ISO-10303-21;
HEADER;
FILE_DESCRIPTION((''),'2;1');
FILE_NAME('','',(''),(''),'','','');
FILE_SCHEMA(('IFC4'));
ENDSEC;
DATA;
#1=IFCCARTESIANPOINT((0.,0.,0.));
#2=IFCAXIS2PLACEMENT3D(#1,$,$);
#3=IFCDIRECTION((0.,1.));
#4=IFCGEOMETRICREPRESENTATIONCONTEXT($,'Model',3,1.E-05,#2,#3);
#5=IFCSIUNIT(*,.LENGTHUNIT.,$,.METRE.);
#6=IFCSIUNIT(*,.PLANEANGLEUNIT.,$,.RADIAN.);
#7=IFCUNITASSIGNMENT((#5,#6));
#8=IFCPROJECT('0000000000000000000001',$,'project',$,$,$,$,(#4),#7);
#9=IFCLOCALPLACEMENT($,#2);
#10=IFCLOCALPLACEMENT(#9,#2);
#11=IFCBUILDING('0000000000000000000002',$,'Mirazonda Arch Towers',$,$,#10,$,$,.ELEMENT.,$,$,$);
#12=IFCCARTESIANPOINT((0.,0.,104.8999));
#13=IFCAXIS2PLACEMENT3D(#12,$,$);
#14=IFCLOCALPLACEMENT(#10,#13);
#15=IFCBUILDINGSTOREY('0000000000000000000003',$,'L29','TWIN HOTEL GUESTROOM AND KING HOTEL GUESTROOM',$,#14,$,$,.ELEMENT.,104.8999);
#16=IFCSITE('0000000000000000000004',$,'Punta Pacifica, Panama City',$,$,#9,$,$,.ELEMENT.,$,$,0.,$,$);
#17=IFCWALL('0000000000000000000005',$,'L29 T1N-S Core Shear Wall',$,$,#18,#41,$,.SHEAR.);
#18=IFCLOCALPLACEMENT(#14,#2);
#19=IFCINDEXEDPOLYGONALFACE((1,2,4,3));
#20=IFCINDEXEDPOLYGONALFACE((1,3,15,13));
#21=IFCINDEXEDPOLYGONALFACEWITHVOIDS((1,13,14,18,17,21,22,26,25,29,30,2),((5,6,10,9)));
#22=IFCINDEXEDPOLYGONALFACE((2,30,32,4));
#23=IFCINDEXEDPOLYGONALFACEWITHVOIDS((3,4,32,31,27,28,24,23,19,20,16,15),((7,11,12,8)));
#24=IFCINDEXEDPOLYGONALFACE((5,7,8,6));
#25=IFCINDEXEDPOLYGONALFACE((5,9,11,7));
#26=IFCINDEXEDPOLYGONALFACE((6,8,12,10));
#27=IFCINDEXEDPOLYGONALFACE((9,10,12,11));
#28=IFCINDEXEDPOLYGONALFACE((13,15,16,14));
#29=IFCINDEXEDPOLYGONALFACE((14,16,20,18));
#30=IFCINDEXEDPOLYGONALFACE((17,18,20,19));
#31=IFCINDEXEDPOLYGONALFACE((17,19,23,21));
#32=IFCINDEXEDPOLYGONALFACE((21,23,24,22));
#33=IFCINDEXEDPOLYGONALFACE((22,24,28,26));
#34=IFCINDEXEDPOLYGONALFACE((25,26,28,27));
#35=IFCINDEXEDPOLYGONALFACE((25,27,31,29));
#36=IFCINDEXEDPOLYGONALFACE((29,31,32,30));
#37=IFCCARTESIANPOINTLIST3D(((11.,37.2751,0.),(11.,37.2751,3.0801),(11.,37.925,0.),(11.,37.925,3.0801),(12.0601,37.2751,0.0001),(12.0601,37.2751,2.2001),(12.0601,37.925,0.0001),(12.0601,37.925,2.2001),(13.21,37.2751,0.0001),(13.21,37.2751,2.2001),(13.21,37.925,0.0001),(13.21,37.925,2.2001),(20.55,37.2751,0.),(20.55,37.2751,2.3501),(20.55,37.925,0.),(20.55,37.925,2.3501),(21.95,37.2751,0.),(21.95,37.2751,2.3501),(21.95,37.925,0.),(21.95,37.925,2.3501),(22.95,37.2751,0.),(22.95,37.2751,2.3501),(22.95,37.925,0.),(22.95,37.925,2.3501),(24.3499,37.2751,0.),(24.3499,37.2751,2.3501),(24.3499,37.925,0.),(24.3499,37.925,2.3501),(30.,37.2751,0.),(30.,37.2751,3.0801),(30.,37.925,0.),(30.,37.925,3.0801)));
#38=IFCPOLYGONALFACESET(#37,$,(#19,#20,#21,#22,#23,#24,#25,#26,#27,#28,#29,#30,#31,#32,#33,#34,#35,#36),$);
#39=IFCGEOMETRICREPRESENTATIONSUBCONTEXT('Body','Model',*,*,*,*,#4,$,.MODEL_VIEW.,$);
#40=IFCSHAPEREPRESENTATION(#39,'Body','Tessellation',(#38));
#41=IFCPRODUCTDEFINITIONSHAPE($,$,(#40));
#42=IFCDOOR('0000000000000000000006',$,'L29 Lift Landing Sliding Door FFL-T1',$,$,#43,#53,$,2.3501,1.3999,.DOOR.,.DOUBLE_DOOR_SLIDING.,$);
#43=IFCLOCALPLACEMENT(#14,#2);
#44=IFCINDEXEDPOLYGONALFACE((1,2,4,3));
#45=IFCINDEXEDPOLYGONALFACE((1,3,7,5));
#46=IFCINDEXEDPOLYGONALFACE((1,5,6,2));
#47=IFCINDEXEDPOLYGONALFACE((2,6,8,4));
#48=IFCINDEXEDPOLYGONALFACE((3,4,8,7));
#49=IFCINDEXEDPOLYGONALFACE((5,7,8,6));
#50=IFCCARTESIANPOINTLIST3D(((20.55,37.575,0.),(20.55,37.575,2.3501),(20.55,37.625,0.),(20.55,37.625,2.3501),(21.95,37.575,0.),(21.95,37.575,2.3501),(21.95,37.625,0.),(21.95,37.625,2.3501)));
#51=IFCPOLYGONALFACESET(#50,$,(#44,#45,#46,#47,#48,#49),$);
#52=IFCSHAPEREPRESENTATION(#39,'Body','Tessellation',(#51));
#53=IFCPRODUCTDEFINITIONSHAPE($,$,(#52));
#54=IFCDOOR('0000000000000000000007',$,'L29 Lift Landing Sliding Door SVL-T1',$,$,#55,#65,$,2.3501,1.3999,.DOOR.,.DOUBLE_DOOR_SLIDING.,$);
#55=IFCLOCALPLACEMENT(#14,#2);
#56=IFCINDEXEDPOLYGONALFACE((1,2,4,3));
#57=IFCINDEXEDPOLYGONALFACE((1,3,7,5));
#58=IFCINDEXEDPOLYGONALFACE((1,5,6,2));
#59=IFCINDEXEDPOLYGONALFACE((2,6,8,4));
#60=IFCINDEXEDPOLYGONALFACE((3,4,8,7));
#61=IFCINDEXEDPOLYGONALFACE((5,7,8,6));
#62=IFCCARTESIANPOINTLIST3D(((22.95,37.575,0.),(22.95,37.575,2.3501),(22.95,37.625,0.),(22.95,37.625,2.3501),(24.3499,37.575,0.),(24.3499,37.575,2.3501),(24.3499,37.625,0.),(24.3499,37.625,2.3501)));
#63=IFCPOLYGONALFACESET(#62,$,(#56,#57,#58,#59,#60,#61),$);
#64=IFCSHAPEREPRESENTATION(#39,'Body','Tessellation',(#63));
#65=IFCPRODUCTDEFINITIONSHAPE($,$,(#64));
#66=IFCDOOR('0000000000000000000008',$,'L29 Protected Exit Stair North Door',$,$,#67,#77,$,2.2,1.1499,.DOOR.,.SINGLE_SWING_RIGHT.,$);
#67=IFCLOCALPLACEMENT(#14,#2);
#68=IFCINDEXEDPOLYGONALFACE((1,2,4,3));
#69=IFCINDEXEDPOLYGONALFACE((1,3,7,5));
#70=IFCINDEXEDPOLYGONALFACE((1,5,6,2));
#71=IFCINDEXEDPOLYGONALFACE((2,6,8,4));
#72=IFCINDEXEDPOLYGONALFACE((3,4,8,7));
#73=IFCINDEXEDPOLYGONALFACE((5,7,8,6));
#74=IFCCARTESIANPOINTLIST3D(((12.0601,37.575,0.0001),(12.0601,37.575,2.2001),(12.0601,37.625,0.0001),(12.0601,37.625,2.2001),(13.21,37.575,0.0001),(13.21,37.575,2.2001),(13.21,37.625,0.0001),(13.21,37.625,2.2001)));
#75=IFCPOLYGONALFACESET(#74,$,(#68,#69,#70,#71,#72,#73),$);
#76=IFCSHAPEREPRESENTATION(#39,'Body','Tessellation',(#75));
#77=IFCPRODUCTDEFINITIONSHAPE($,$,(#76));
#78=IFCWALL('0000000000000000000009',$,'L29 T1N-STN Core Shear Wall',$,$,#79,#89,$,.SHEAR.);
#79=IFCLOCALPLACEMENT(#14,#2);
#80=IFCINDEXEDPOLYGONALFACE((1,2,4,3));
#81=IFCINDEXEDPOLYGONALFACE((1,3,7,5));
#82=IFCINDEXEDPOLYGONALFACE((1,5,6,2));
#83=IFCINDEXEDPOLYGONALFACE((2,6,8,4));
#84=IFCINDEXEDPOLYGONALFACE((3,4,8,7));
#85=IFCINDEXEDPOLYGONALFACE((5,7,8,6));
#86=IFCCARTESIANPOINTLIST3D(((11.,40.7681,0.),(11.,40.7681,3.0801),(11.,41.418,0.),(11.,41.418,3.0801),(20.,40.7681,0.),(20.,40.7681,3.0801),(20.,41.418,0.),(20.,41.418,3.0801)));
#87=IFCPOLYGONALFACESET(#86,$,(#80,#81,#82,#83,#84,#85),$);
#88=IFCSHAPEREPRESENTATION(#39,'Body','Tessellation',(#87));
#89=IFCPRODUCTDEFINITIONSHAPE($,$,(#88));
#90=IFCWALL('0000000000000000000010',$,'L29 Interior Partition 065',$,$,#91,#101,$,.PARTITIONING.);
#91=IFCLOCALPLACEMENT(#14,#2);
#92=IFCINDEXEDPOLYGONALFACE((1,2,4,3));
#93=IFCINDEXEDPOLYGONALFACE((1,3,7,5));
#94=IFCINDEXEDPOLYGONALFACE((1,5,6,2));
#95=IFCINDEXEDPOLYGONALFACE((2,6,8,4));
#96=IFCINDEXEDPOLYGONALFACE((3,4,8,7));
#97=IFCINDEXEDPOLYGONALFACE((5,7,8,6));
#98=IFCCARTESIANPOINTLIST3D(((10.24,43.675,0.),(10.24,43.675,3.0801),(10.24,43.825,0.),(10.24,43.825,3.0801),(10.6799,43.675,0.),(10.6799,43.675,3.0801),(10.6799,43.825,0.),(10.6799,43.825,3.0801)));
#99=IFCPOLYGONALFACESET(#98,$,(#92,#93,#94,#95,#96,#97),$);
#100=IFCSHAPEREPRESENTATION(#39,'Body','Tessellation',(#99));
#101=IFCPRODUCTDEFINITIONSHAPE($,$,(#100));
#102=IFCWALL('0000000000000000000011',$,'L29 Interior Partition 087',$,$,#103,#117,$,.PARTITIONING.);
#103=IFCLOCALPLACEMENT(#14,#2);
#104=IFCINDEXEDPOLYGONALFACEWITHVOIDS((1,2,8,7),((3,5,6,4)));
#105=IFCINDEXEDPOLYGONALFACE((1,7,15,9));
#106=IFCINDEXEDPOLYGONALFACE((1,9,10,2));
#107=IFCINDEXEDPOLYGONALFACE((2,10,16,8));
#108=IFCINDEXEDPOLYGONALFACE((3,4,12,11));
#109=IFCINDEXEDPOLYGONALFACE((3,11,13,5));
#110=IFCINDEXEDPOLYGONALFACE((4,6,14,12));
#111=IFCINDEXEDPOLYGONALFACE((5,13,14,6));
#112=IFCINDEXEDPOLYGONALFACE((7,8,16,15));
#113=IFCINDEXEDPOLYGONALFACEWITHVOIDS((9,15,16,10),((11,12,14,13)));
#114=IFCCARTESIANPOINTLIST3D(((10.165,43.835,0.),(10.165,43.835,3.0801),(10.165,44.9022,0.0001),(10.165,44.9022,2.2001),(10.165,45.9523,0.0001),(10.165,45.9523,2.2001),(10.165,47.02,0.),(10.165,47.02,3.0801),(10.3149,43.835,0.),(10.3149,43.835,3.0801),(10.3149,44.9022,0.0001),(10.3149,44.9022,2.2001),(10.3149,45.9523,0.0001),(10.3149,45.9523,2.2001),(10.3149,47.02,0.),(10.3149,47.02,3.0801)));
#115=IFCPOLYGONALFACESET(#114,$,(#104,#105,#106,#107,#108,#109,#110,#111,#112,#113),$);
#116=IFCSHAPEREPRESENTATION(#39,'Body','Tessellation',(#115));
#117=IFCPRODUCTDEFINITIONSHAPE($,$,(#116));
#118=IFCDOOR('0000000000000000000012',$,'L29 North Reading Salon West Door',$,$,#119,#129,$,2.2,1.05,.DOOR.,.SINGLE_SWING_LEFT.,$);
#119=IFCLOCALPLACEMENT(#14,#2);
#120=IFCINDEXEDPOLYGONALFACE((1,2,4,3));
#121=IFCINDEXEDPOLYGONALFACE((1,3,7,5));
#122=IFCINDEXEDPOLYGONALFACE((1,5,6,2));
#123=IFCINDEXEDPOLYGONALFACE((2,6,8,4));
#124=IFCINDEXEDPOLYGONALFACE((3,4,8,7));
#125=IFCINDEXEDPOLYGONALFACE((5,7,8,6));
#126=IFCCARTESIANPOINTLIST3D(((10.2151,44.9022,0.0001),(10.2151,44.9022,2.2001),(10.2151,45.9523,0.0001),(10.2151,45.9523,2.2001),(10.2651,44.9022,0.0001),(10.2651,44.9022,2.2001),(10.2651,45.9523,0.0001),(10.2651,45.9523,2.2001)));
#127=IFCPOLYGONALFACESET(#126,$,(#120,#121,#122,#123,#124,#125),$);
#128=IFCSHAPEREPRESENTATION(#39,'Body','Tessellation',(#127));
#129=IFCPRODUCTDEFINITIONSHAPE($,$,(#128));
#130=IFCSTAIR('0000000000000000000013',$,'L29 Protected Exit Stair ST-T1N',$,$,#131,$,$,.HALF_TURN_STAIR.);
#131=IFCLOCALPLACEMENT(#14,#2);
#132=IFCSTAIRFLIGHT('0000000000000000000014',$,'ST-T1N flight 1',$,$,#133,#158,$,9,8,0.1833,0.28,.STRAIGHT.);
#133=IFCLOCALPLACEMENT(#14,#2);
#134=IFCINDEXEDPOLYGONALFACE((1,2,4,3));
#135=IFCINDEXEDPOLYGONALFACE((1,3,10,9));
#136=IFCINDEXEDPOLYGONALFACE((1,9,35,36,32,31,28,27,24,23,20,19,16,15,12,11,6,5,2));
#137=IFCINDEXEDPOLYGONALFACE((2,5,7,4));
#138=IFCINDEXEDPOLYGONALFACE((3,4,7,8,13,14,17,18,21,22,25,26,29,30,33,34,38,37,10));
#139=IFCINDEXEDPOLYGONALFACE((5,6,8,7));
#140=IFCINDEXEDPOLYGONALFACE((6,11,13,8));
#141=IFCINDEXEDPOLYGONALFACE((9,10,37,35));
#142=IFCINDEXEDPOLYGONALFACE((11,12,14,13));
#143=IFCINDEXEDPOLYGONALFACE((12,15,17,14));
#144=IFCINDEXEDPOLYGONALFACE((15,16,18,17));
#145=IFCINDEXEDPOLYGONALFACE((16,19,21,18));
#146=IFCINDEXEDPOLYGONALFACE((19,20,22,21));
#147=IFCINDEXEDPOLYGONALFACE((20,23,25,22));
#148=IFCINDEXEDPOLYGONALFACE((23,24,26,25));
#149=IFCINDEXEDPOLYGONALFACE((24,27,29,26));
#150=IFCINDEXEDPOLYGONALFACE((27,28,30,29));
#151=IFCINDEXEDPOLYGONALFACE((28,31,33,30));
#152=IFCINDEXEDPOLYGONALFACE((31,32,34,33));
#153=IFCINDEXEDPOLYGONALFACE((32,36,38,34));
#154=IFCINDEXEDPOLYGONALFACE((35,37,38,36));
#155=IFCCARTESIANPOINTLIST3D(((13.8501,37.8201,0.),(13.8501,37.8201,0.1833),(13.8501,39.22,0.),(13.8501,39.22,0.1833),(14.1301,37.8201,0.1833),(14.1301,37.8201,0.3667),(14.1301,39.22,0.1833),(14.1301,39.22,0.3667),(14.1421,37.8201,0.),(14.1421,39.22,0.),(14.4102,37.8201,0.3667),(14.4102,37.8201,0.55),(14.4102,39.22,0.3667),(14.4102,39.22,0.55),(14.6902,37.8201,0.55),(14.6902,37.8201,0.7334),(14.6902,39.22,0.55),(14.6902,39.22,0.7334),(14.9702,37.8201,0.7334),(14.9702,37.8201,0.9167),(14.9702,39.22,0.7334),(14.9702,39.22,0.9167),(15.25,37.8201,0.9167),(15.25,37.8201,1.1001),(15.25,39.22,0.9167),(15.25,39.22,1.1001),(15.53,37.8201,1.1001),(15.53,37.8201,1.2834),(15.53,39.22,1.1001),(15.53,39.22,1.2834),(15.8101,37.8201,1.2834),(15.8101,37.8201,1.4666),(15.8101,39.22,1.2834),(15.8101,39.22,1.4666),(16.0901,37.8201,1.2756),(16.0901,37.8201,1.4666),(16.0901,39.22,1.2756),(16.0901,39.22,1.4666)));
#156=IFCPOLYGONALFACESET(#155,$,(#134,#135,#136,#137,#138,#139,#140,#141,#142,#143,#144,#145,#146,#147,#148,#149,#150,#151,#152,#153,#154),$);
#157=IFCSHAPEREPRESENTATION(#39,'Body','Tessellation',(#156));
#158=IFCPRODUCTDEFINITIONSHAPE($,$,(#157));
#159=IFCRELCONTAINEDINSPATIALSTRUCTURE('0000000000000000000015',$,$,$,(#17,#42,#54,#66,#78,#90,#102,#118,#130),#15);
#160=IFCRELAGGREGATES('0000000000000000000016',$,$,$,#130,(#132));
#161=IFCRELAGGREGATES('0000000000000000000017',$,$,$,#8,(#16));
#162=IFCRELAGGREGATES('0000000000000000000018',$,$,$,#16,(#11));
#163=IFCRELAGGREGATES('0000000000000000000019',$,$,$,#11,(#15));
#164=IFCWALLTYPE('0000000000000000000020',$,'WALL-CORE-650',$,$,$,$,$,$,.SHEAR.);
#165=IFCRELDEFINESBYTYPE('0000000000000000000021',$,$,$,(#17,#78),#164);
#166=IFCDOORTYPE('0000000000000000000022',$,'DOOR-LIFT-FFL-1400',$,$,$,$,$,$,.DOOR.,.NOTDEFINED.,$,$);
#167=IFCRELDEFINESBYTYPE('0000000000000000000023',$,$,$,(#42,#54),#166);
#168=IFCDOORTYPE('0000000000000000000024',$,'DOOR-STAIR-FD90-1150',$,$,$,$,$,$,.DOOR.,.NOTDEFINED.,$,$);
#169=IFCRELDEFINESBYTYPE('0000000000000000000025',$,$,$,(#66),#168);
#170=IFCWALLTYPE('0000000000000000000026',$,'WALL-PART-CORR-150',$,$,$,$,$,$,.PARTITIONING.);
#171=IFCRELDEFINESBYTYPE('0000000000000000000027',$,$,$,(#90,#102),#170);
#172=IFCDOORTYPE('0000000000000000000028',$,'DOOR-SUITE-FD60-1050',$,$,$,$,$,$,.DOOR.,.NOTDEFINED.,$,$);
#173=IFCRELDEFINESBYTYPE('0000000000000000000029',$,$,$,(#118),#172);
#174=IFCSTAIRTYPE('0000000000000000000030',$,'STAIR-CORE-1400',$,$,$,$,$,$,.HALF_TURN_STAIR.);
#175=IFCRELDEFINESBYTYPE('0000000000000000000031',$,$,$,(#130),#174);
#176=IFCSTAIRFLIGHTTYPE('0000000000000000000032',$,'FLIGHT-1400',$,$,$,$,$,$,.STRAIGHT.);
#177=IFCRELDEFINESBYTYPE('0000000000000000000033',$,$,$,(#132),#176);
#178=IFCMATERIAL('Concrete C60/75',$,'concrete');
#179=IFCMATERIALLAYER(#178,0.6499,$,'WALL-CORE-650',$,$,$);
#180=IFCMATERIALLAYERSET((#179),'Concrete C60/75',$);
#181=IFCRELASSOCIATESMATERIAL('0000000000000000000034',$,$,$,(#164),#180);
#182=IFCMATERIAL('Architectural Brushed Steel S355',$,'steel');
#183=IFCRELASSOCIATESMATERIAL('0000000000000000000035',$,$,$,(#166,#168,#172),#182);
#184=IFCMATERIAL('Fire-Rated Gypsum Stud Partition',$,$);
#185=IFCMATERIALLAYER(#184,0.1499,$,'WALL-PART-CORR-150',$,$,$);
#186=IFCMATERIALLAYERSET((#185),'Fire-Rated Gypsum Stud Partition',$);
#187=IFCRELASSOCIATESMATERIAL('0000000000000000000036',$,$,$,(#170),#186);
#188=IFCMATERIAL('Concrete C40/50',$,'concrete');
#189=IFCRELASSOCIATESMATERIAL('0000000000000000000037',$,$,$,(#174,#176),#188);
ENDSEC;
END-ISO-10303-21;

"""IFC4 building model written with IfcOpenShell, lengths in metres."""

from ifc_helpers import new_model, si_unit, direction, frame, frame_2d, origin, place, context, subcontext, project, spatial, polyline, rectangle, outline, extrude, material, layer, layer_set, type_object, element, fill, aggregate, save


model = new_model("IFC4")

# Units and contexts
model_context = context("Model", 3, precision=1e-05, world=origin(), true_north=direction((0.0, 1.0)))
body_context = subcontext(model_context, "Body", "Model", "MODEL_VIEW")
ifc_project = project(units=[si_unit("LENGTHUNIT", "METRE"), si_unit("PLANEANGLEUNIT", "RADIAN")], contexts=[model_context])

# Site, building, storey
site_placement = place(None, origin())
site = spatial("IfcSite", under=ifc_project, at=site_placement, Name="Punta Pacifica, Panama City", CompositionType="ELEMENT", RefElevation=0.0)
building_placement = place(site_placement, origin())
building = spatial("IfcBuilding", under=site, at=building_placement, Name="Mirazonda Arch Towers", CompositionType="ELEMENT")
storey_placement = place(building_placement, frame((0.0, 0.0, 104.8999)))
storey = spatial("IfcBuildingStorey", under=building, at=storey_placement, Name="L29", Description="TWIN HOTEL GUESTROOM AND KING HOTEL GUESTROOM", CompositionType="ELEMENT", Elevation=104.8999)

# Shared definitions
ifc_material_1 = material(Name="Concrete C60/75", Category="concrete")
ifc_layer_1 = layer(ifc_material_1, 0.6499, Name="WALL-CORE-650")
ifc_layer_set_1 = layer_set([ifc_layer_1], Name="Concrete C60/75")
wall_type_1 = type_object("IfcWallType", Name="WALL-CORE-650", PredefinedType="SHEAR", material=ifc_layer_set_1)

# Wall, openings, doors
wall_1_placement = place(storey_placement, frame((11.0, 37.6001, 0.0), z_axis=(0.0, 0.0, 1.0), x_axis=(1.0, 0.0, 0.0)))
wall_1 = element("IfcWall", 1, at=wall_1_placement, inside=storey, type_object=wall_type_1, Name="L29 T1N-S Core Shear Wall", PredefinedType="SHEAR", context=body_context, shape_type="SweptSolid", body=[
    extrude(rectangle(XDim=19.0, YDim=0.6499, at=frame_2d((9.5, 0.0))), origin(), (0.0, 0.0, 1.0), 3.0801),
])
opening_1_placement = place(wall_1_placement, frame((1.0601, 0.0, 0.0)))
opening_1 = element("IfcOpeningElement", 2, at=opening_1_placement, cuts=wall_1, PredefinedType="OPENING", context=body_context, shape_type="SweptSolid", body=[
    extrude(rectangle(XDim=1.1499, YDim=2.2, at=frame_2d((0.575, 1.1001))), frame((0.0, 0.335, 0.0), z_axis=(0.0, -1.0, 0.0), x_axis=(1.0, 0.0, 0.0)), (0.0, 0.0, 1.0), 0.6699),
])
opening_2_placement = place(wall_1_placement, frame((9.55, 0.0, 0.0)))
opening_2 = element("IfcOpeningElement", 3, at=opening_2_placement, cuts=wall_1, PredefinedType="OPENING", context=body_context, shape_type="SweptSolid", body=[
    extrude(rectangle(XDim=1.3999, YDim=2.3501, at=frame_2d((0.7, 1.175))), frame((0.0, 0.335, 0.0), z_axis=(0.0, -1.0, 0.0), x_axis=(1.0, 0.0, 0.0)), (0.0, 0.0, 1.0), 0.6699),
])
opening_3_placement = place(wall_1_placement, frame((11.95, 0.0, 0.0)))
opening_3 = element("IfcOpeningElement", 4, at=opening_3_placement, cuts=wall_1, PredefinedType="OPENING", context=body_context, shape_type="SweptSolid", body=[
    extrude(rectangle(XDim=1.3999, YDim=2.3501, at=frame_2d((0.7, 1.175))), frame((0.0, 0.335, 0.0), z_axis=(0.0, -1.0, 0.0), x_axis=(1.0, 0.0, 0.0)), (0.0, 0.0, 1.0), 0.6699),
])
ifc_material_2 = material(Name="Architectural Brushed Steel S355", Category="steel")
door_type_1 = type_object("IfcDoorType", Name="DOOR-LIFT-FFL-1400", OperationType="NOTDEFINED", PredefinedType="DOOR", material=ifc_material_2)
door_1_placement = place(opening_2_placement, origin())
door_1 = element("IfcDoor", 5, at=door_1_placement, inside=storey, type_object=door_type_1, Name="L29 Lift Landing Sliding Door FFL-T1", OperationType="DOUBLE_DOOR_SLIDING", OverallHeight=2.3501, OverallWidth=1.3999, PredefinedType="DOOR", context=body_context, shape_type="SweptSolid", body=[
    extrude(rectangle(XDim=1.3999, YDim=2.3501, at=frame_2d((0.7, 1.175))), frame((0.0, 0.0249, 0.0), z_axis=(0.0, -1.0, 0.0), x_axis=(1.0, 0.0, 0.0)), (0.0, 0.0, 1.0), 0.05),
])
fill(opening_2, door_1)
door_2_placement = place(opening_3_placement, origin())
door_2 = element("IfcDoor", 6, at=door_2_placement, inside=storey, type_object=door_type_1, Name="L29 Lift Landing Sliding Door SVL-T1", OperationType="DOUBLE_DOOR_SLIDING", OverallHeight=2.3501, OverallWidth=1.3999, PredefinedType="DOOR", context=body_context, shape_type="SweptSolid", body=[
    extrude(rectangle(XDim=1.3999, YDim=2.3501, at=frame_2d((0.7, 1.175))), frame((0.0, 0.0249, 0.0), z_axis=(0.0, -1.0, 0.0), x_axis=(1.0, 0.0, 0.0)), (0.0, 0.0, 1.0), 0.05),
])
fill(opening_3, door_2)
door_type_2 = type_object("IfcDoorType", Name="DOOR-STAIR-FD90-1150", OperationType="NOTDEFINED", PredefinedType="DOOR", material=ifc_material_2)
door_3_placement = place(opening_1_placement, origin())
door_3 = element("IfcDoor", 7, at=door_3_placement, inside=storey, type_object=door_type_2, Name="L29 Protected Exit Stair North Door", OperationType="SINGLE_SWING_RIGHT", OverallHeight=2.2, OverallWidth=1.1499, PredefinedType="DOOR", context=body_context, shape_type="SweptSolid", body=[
    extrude(rectangle(XDim=1.1499, YDim=2.2, at=frame_2d((0.575, 1.1001))), frame((0.0, 0.0249, 0.0), z_axis=(0.0, -1.0, 0.0), x_axis=(1.0, 0.0, 0.0)), (0.0, 0.0, 1.0), 0.05),
])
fill(opening_1, door_3)

# Walls
wall_2_placement = place(storey_placement, frame((11.0, 41.093, 0.0), z_axis=(0.0, 0.0, 1.0), x_axis=(1.0, 0.0, 0.0)))
element("IfcWall", 8, at=wall_2_placement, inside=storey, type_object=wall_type_1, Name="L29 T1N-STN Core Shear Wall", PredefinedType="SHEAR", context=body_context, shape_type="SweptSolid", body=[
    extrude(rectangle(XDim=9.0, YDim=0.6499, at=frame_2d((4.5, 0.0))), origin(), (0.0, 0.0, 1.0), 3.0801),
])
ifc_material_3 = material(Name="Fire-Rated Gypsum Stud Partition")
ifc_layer_2 = layer(ifc_material_3, 0.1499, Name="WALL-PART-CORR-150")
ifc_layer_set_2 = layer_set([ifc_layer_2], Name="Fire-Rated Gypsum Stud Partition")
wall_type_2 = type_object("IfcWallType", Name="WALL-PART-CORR-150", PredefinedType="PARTITIONING", material=ifc_layer_set_2)
wall_3_placement = place(storey_placement, frame((10.24, 43.75, 0.0), z_axis=(0.0, 0.0, 1.0), x_axis=(1.0, 0.0, 0.0)))
element("IfcWall", 9, at=wall_3_placement, inside=storey, type_object=wall_type_2, Name="L29 Interior Partition 065", PredefinedType="PARTITIONING", context=body_context, shape_type="SweptSolid", body=[
    extrude(rectangle(XDim=0.4399, YDim=0.1499, at=frame_2d((0.22, 0.0))), origin(), (0.0, 0.0, 1.0), 3.0801),
])

# Wall, opening, door
wall_4_placement = place(storey_placement, frame((10.24, 43.835, 0.0), z_axis=(0.0, 0.0, 1.0), x_axis=(0.0, 1.0, 0.0)))
wall_4 = element("IfcWall", 10, at=wall_4_placement, inside=storey, type_object=wall_type_2, Name="L29 Interior Partition 087", PredefinedType="PARTITIONING", context=body_context, shape_type="SweptSolid", body=[
    extrude(rectangle(XDim=3.1851, YDim=0.1499, at=frame_2d((1.5925, 0.0))), origin(), (0.0, 0.0, 1.0), 3.0801),
])
opening_4_placement = place(wall_4_placement, frame((1.0674, 0.0, 0.0)))
opening_4 = element("IfcOpeningElement", 11, at=opening_4_placement, cuts=wall_4, PredefinedType="OPENING", context=body_context, shape_type="SweptSolid", body=[
    extrude(rectangle(XDim=1.05, YDim=2.2, at=frame_2d((0.5249, 1.1001))), frame((0.0, 0.085, 0.0), z_axis=(0.0, -1.0, 0.0), x_axis=(1.0, 0.0, 0.0)), (0.0, 0.0, 1.0), 0.1699),
])
door_type_3 = type_object("IfcDoorType", Name="DOOR-SUITE-FD60-1050", OperationType="NOTDEFINED", PredefinedType="DOOR", material=ifc_material_2)
door_4_placement = place(opening_4_placement, origin())
door_4 = element("IfcDoor", 12, at=door_4_placement, inside=storey, type_object=door_type_3, Name="L29 North Reading Salon West Door", OperationType="SINGLE_SWING_LEFT", OverallHeight=2.2, OverallWidth=1.05, PredefinedType="DOOR", context=body_context, shape_type="SweptSolid", body=[
    extrude(rectangle(XDim=1.05, YDim=2.2, at=frame_2d((0.5249, 1.1001))), frame((0.0, 0.0249, 0.0), z_axis=(0.0, -1.0, 0.0), x_axis=(1.0, 0.0, 0.0)), (0.0, 0.0, 1.0), 0.05),
])
fill(opening_4, door_4)

# Stair, stair flight
ifc_material_4 = material(Name="Concrete C40/50", Category="concrete")
stair_type = type_object("IfcStairType", Name="STAIR-CORE-1400", PredefinedType="HALF_TURN_STAIR", material=ifc_material_4)
stair_placement = place(storey_placement, origin())
stair = element("IfcStair", 13, at=stair_placement, inside=storey, type_object=stair_type, Name="L29 Protected Exit Stair ST-T1N", PredefinedType="HALF_TURN_STAIR")
stair_flight_type = type_object("IfcStairFlightType", Name="FLIGHT-1400", PredefinedType="STRAIGHT", material=ifc_material_4)
stair_flight_placement = place(storey_placement, frame((13.8501, 38.52, 0.0), z_axis=(0.0, 0.0, 1.0), x_axis=(1.0, 0.0, 0.0)))
stair_flight = element("IfcStairFlight", 14, at=stair_flight_placement, type_object=stair_flight_type, Name="ST-T1N flight 1", NumberOfRisers=9, NumberOfTreads=8, PredefinedType="STRAIGHT", RiserHeight=0.1833, TreadLength=0.28, context=body_context, shape_type="SweptSolid", body=[
    extrude(outline(polyline([(0.0, 0.0), (0.0, 0.1833), (0.28, 0.1833), (0.28, 0.3667), (0.5601, 0.3667), (0.5601, 0.55), (0.8401, 0.55), (0.8401, 0.7334), (1.1201, 0.7334), (1.1201, 0.9167), (1.3999, 0.9167), (1.3999, 1.1001), (1.6799, 1.1001), (1.6799, 1.2834), (1.96, 1.2834), (1.96, 1.4666), (2.24, 1.4666), (2.24, 1.6499), (2.24, 1.2756), (0.292, 0.0), (0.0, 0.0)])), frame((0.0, 0.7, 0.0), z_axis=(0.0, -1.0, 0.0), x_axis=(1.0, 0.0, 0.0)), (0.0, 0.0, 1.0), 1.3999),
])
aggregate(stair, [stair_flight])

save(model, "model.ifc")
